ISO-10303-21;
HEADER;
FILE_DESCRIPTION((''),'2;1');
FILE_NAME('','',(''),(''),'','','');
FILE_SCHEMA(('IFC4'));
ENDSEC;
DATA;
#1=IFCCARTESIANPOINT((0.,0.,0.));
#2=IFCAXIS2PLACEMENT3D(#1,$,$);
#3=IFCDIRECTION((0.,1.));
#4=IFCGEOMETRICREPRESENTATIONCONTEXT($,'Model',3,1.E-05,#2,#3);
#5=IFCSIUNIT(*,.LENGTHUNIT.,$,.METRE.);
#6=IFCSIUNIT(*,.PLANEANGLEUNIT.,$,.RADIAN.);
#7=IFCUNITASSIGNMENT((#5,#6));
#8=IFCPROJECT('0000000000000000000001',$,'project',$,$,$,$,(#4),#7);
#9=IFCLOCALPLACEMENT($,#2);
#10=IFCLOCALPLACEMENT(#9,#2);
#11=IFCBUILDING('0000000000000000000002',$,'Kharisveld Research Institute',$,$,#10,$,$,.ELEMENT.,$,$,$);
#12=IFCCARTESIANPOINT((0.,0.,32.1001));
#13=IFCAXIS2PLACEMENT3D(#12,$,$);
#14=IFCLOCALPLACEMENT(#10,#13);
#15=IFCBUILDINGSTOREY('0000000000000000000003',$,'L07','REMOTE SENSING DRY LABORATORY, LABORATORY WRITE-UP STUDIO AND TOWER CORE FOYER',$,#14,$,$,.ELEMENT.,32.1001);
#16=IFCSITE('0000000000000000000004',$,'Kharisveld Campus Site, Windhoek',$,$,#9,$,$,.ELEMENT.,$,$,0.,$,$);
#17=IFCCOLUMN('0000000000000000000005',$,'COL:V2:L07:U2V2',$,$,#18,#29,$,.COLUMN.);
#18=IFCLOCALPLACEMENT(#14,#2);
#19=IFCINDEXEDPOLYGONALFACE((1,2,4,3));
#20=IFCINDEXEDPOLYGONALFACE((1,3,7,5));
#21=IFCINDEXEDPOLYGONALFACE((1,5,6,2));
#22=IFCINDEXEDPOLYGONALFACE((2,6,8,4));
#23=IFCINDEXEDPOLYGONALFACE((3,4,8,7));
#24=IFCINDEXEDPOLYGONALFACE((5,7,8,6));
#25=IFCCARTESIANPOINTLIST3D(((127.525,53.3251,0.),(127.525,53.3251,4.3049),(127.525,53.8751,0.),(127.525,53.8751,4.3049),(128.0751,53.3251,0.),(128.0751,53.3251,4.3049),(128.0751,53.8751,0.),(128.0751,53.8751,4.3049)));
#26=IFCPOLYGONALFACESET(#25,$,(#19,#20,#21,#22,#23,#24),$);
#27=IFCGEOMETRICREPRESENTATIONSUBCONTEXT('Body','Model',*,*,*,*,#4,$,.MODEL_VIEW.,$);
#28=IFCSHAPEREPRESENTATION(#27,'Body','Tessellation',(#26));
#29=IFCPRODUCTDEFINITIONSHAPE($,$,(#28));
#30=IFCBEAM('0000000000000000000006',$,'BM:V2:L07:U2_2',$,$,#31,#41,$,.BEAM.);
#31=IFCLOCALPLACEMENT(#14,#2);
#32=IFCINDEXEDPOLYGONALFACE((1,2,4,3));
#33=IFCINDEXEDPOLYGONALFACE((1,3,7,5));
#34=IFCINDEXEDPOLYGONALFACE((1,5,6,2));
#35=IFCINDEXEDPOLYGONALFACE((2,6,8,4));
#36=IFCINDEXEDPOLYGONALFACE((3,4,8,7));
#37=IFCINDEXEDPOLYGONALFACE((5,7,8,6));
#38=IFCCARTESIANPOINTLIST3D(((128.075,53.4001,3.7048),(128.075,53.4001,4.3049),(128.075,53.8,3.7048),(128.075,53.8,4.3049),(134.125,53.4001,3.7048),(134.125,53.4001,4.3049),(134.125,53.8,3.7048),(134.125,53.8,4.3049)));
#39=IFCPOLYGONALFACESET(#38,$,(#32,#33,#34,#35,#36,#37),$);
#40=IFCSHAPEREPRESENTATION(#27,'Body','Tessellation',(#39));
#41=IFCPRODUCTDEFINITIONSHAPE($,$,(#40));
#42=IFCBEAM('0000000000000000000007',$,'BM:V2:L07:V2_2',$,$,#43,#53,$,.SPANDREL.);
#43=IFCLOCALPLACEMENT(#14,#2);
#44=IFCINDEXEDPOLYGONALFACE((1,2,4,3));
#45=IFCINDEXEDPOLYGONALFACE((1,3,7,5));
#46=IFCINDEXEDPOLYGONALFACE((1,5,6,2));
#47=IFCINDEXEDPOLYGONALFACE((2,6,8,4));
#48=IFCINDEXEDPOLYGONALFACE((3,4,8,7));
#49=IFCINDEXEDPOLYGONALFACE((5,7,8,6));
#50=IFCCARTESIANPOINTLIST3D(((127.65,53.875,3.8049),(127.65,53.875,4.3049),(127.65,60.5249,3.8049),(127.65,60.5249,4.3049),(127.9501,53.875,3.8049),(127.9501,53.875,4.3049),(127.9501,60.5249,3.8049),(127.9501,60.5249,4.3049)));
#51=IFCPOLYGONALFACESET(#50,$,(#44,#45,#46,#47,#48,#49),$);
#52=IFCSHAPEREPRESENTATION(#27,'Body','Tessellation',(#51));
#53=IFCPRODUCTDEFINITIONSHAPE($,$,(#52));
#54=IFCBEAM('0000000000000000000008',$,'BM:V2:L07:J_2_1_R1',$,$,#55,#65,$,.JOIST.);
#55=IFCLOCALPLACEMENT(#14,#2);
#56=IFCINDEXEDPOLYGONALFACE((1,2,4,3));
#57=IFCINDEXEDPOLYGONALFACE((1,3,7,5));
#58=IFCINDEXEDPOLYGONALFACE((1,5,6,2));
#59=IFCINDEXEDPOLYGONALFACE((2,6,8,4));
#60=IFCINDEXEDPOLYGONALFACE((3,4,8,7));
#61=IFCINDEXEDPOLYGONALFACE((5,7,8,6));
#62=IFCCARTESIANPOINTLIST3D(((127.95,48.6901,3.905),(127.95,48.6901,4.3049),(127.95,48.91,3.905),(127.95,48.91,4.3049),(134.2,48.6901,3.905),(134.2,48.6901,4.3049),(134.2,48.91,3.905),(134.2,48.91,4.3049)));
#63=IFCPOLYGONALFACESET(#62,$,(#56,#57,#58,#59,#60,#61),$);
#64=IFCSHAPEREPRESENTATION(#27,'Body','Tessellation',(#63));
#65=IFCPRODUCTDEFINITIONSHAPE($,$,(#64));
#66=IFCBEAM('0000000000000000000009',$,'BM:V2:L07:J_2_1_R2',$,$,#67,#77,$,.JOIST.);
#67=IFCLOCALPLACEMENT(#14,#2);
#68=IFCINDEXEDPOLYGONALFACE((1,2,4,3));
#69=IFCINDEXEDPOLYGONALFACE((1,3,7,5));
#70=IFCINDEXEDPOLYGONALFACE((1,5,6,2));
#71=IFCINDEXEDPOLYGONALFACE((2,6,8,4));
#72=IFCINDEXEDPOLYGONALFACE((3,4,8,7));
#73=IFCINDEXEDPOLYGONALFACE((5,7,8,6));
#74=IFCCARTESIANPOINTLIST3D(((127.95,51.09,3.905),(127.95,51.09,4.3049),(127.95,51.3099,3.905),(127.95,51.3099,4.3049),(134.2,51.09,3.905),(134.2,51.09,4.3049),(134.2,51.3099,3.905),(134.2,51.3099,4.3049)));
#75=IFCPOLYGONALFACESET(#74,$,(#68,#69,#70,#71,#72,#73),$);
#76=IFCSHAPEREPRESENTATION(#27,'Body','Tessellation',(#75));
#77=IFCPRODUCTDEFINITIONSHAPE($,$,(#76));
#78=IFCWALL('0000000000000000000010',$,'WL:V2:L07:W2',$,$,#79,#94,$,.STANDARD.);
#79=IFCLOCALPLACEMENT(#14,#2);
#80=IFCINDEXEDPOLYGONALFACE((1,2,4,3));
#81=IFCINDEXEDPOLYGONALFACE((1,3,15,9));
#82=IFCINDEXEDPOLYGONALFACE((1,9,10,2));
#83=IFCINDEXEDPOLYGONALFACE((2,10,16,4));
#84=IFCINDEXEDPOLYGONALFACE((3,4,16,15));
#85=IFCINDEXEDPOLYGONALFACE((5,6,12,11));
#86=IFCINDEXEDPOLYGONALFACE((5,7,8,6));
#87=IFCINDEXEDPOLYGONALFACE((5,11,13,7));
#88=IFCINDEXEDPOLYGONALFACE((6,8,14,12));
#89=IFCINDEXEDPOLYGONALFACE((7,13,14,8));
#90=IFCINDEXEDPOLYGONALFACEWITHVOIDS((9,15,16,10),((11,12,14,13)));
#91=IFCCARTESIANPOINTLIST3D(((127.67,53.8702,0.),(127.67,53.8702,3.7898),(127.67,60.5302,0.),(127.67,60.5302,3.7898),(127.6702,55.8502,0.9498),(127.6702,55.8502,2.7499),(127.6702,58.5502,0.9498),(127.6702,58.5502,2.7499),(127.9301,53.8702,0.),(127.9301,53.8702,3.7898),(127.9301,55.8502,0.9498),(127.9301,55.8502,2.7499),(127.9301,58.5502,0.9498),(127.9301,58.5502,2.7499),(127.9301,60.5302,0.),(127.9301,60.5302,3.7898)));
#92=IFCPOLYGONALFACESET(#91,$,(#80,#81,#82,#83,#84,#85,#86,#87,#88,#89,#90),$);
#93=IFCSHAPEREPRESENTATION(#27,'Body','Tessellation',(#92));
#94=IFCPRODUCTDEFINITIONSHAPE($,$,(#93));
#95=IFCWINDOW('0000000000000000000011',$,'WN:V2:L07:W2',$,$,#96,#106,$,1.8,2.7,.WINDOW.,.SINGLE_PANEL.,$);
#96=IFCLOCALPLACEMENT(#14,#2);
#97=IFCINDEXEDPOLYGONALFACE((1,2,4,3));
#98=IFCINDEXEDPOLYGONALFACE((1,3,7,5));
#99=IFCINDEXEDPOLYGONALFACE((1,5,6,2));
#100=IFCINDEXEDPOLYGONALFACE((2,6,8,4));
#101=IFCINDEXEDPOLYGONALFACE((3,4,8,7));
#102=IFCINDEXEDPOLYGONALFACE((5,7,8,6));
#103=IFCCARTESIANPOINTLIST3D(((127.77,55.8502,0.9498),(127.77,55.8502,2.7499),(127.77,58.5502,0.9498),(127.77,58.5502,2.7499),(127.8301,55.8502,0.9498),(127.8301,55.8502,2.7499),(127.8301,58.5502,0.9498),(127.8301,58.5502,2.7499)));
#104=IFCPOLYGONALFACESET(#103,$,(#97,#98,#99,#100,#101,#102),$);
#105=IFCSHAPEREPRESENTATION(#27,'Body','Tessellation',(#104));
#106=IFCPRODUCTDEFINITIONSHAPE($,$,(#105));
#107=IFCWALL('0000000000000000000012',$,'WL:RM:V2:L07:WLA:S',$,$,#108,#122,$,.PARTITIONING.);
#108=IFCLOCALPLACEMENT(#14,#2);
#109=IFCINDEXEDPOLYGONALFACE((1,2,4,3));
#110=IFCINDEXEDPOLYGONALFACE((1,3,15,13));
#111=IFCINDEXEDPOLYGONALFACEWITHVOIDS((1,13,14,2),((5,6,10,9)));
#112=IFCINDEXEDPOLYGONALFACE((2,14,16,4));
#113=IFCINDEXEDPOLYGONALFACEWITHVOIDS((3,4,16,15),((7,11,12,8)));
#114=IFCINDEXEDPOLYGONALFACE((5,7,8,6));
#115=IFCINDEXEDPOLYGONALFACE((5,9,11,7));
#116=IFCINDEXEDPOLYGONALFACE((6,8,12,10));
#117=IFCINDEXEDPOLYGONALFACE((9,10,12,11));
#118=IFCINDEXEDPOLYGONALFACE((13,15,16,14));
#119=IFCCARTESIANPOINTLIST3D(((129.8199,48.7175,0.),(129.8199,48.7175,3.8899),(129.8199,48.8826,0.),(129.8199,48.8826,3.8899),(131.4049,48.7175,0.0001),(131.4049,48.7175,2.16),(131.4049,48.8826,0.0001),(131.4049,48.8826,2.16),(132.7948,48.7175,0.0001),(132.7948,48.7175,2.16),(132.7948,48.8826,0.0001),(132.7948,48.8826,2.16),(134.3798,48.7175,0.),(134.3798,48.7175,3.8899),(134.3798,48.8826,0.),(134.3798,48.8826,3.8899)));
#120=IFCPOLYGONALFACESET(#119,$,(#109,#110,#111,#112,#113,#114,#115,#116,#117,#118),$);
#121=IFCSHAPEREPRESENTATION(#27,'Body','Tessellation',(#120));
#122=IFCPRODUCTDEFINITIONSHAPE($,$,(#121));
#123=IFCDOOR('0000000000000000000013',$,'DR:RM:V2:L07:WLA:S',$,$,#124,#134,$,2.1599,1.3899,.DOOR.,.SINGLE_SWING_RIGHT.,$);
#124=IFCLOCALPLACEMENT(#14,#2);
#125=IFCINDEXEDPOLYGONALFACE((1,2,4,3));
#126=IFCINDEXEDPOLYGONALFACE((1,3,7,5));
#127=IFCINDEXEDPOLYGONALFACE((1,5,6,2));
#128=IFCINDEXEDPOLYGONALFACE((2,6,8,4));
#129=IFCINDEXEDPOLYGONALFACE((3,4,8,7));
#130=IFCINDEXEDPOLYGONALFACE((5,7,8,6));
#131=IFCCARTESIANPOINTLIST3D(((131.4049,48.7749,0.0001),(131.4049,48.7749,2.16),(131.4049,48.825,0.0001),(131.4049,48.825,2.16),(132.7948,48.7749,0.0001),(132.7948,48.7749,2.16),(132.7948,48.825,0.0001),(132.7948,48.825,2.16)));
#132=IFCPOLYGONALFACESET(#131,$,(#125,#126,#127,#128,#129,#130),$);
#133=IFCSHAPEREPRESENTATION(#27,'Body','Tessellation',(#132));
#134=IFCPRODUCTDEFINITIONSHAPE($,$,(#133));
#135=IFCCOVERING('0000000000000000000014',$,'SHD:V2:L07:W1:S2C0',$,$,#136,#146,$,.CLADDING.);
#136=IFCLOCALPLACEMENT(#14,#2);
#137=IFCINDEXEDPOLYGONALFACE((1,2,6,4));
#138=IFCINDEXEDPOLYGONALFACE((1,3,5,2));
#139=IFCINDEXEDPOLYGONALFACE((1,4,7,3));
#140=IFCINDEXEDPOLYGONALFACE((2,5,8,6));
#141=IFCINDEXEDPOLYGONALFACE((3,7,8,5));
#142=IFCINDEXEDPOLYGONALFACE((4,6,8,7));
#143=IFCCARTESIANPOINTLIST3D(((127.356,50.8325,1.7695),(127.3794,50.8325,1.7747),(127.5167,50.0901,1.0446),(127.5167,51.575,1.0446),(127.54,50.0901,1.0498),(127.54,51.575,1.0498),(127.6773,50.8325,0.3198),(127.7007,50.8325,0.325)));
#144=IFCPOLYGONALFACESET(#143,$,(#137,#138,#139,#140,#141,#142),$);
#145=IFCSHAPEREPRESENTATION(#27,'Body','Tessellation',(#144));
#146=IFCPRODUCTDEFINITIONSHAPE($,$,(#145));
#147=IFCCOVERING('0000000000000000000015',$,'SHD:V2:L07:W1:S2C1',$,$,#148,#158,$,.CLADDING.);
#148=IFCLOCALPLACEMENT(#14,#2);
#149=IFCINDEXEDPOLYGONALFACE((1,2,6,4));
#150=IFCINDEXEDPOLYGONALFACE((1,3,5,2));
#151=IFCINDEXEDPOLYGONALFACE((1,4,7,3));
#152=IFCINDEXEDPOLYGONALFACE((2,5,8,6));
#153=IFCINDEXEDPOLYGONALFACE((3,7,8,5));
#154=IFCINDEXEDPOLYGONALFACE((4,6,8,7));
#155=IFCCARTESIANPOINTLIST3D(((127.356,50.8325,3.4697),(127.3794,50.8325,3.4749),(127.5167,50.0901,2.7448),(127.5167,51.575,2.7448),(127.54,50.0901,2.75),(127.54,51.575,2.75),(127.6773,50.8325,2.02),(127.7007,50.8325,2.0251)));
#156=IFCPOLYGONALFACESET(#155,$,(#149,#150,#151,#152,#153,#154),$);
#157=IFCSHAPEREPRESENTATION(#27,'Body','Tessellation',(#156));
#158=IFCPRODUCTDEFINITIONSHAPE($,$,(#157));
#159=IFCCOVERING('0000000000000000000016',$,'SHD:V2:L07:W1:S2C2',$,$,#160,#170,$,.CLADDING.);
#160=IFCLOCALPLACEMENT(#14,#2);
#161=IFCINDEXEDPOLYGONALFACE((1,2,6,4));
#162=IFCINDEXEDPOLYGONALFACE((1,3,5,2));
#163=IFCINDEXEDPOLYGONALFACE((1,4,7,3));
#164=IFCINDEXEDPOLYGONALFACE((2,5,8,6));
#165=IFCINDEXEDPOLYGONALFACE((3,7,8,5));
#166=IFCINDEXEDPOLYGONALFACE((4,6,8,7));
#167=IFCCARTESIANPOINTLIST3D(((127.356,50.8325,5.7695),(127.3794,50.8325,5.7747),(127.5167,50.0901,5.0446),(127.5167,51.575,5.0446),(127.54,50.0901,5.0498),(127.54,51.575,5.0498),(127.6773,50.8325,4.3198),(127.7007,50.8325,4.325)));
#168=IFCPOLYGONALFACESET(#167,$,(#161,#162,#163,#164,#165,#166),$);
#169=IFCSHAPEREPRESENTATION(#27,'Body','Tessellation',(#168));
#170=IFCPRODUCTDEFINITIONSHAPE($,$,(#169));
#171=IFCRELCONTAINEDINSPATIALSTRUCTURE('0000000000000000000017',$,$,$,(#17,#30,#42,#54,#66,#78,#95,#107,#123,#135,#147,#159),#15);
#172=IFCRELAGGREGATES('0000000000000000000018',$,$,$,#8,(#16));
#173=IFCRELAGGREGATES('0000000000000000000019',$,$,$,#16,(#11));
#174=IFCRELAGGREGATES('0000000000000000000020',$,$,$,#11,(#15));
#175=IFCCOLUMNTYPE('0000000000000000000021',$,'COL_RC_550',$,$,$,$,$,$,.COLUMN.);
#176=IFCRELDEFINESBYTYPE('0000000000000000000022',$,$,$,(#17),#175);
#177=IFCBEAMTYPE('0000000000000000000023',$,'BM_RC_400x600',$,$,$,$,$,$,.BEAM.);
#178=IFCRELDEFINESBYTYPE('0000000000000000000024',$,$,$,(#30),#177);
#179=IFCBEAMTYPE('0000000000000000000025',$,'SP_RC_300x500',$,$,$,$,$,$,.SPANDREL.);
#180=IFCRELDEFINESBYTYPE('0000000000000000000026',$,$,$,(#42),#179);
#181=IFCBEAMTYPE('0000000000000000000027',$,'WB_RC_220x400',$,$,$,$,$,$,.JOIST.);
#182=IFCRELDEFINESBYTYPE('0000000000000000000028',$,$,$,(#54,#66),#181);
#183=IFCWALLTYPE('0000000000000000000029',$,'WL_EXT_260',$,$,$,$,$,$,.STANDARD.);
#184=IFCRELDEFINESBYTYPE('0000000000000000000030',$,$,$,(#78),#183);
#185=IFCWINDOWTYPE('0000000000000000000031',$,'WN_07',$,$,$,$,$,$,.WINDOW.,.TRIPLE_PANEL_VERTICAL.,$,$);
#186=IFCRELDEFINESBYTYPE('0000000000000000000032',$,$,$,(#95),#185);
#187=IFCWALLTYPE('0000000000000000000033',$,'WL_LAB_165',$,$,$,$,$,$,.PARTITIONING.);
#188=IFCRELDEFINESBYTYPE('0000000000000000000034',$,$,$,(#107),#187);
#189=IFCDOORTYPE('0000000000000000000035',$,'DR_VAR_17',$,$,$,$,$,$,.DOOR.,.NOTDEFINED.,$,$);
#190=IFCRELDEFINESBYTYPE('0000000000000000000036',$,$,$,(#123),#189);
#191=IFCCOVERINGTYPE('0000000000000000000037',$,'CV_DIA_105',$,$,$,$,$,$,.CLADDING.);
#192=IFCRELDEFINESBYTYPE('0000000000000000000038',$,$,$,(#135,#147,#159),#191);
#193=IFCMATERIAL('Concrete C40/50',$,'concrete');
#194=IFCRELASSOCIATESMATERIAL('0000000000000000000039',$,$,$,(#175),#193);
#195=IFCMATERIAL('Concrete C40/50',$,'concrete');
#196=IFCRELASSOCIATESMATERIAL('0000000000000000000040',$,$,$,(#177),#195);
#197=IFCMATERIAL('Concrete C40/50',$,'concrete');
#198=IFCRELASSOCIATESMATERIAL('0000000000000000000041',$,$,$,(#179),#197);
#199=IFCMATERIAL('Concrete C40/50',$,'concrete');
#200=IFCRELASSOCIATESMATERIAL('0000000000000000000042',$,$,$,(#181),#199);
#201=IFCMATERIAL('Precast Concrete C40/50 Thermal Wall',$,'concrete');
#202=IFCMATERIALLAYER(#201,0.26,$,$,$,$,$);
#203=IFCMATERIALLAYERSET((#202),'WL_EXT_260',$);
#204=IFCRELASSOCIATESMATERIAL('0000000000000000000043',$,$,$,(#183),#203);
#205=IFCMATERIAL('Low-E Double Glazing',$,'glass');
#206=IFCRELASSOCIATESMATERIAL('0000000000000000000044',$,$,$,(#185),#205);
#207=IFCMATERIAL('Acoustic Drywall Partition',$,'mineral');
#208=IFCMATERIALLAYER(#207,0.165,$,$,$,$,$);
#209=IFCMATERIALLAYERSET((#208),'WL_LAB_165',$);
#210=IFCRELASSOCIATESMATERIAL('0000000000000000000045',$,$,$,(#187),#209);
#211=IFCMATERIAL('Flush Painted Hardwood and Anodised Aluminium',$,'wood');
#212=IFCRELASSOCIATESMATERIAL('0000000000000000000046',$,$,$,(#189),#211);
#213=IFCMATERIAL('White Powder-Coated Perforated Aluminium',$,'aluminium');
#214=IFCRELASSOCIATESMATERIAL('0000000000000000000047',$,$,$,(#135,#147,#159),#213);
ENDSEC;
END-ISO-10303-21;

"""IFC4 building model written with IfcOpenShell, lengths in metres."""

from ifc_helpers import new_model, si_unit, direction, frame, frame_2d, origin, origin_2d, place, context, subcontext, project, spatial, polyline, rectangle, outline, extrude, material, layer, layer_set, material_profile, profile_set, type_object, element, fill, save


model = new_model("IFC4")

# Units and contexts
model_context = context("Model", 3, precision=1e-05, world=origin(), true_north=direction((0.0, 1.0)))
body_context = subcontext(model_context, "Body", "Model", "MODEL_VIEW")
ifc_project = project(units=[si_unit("LENGTHUNIT", "METRE"), si_unit("PLANEANGLEUNIT", "RADIAN")], contexts=[model_context])

# Site, building, storey
site_placement = place(None, origin())
site = spatial("IfcSite", under=ifc_project, at=site_placement, Name="Kharisveld Campus Site, Windhoek", CompositionType="ELEMENT", RefElevation=0.0)
building_placement = place(site_placement, origin())
building = spatial("IfcBuilding", under=site, at=building_placement, Name="Kharisveld Research Institute", CompositionType="ELEMENT")
storey_placement = place(building_placement, frame((0.0, 0.0, 32.1001)))
storey = spatial("IfcBuildingStorey", under=building, at=storey_placement, Name="L07", Description="REMOTE SENSING DRY LABORATORY, LABORATORY WRITE-UP STUDIO AND TOWER CORE FOYER", CompositionType="ELEMENT", Elevation=32.1001)

# Column
ifc_material_1 = material(Name="Concrete C40/50", Category="concrete")
ifc_material_profile_1 = material_profile(ifc_material_1, rectangle(XDim=0.55, YDim=0.55, at=origin_2d()))
ifc_profile_set_1 = profile_set([ifc_material_profile_1], Name="Concrete C40/50")
column_type = type_object("IfcColumnType", Name="COL_RC_550", PredefinedType="COLUMN", material=ifc_profile_set_1)
column_placement = place(storey_placement, frame((127.8, 53.6001, 0.0), z_axis=(0.0, 0.0, 1.0), x_axis=(1.0, 0.0, 0.0)))
element("IfcColumn", 1, at=column_placement, inside=storey, type_object=column_type, Name="COL:V2:L07:U2V2", PredefinedType="COLUMN", context=body_context, shape_type="SweptSolid", body=[
    extrude(rectangle(XDim=0.55, YDim=0.55, at=origin_2d()), origin(), (0.0, 0.0, 1.0), 4.3049),
])

# Beams
ifc_material_2 = material(Name="Concrete C40/50", Category="concrete")
ifc_material_profile_2 = material_profile(ifc_material_2, rectangle(XDim=0.3999, YDim=0.6001, at=origin_2d()))
ifc_profile_set_2 = profile_set([ifc_material_profile_2], Name="Concrete C40/50")
beam_type_1 = type_object("IfcBeamType", Name="BM_RC_400x600", PredefinedType="BEAM", material=ifc_profile_set_2)
beam_1_placement = place(storey_placement, frame((128.075, 53.6001, 4.0049), z_axis=(1.0, 0.0, 0.0), x_axis=(0.0, 1.0, 0.0)))
element("IfcBeam", 2, at=beam_1_placement, inside=storey, type_object=beam_type_1, Name="BM:V2:L07:U2_2", PredefinedType="BEAM", context=body_context, shape_type="SweptSolid", body=[
    extrude(rectangle(XDim=0.3999, YDim=0.6001, at=origin_2d()), origin(), (0.0, 0.0, 1.0), 6.05),
])
ifc_material_3 = material(Name="Concrete C40/50", Category="concrete")
ifc_material_profile_3 = material_profile(ifc_material_3, rectangle(XDim=0.3, YDim=0.5, at=origin_2d()))
ifc_profile_set_3 = profile_set([ifc_material_profile_3], Name="Concrete C40/50")
beam_type_2 = type_object("IfcBeamType", Name="SP_RC_300x500", PredefinedType="SPANDREL", material=ifc_profile_set_3)
beam_2_placement = place(storey_placement, frame((127.8, 53.875, 4.0549), z_axis=(0.0, 1.0, 0.0), x_axis=(-1.0, 0.0, 0.0)))
element("IfcBeam", 3, at=beam_2_placement, inside=storey, type_object=beam_type_2, Name="BM:V2:L07:V2_2", PredefinedType="SPANDREL", context=body_context, shape_type="SweptSolid", body=[
    extrude(rectangle(XDim=0.3, YDim=0.5, at=origin_2d()), origin(), (0.0, 0.0, 1.0), 6.6499),
])
ifc_material_4 = material(Name="Concrete C40/50", Category="concrete")
ifc_material_profile_4 = material_profile(ifc_material_4, rectangle(XDim=0.22, YDim=0.3999, at=origin_2d()))
ifc_profile_set_4 = profile_set([ifc_material_profile_4], Name="Concrete C40/50")
beam_type_3 = type_object("IfcBeamType", Name="WB_RC_220x400", PredefinedType="JOIST", material=ifc_profile_set_4)
for number, where, z_axis, x_axis, name in (
    (4, (127.95, 48.8, 4.105), (1.0, 0.0, 0.0), (0.0, 1.0, 0.0), "BM:V2:L07:J_2_1_R1"),
    (5, (127.95, 51.2, 4.105), (1.0, 0.0, 0.0), (0.0, 1.0, 0.0), "BM:V2:L07:J_2_1_R2"),
):
    element("IfcBeam", number, at=place(storey_placement, frame(where, z_axis=z_axis, x_axis=x_axis)), inside=storey, type_object=beam_type_3, Name=name, PredefinedType="JOIST", context=body_context, shape_type="SweptSolid", body=[
        extrude(rectangle(XDim=0.22, YDim=0.3999, at=origin_2d()), origin(), (0.0, 0.0, 1.0), 6.25),
    ])

# Wall, opening, window
ifc_material_5 = material(Name="Precast Concrete C40/50 Thermal Wall", Category="concrete")
ifc_layer_1 = layer(ifc_material_5, 0.26)
ifc_layer_set_1 = layer_set([ifc_layer_1], Name="WL_EXT_260")
wall_type_1 = type_object("IfcWallType", Name="WL_EXT_260", PredefinedType="STANDARD", material=ifc_layer_set_1)
wall_1_placement = place(storey_placement, frame((127.8, 53.8701, 0.0), z_axis=(0.0, 0.0, 1.0), x_axis=(0.0, 1.0, 0.0)))
wall_1 = element("IfcWall", 6, at=wall_1_placement, inside=storey, type_object=wall_type_1, Name="WL:V2:L07:W2", PredefinedType="STANDARD", context=body_context, shape_type="SweptSolid", body=[
    extrude(rectangle(XDim=6.6599, YDim=0.26, at=frame_2d((3.3301, 0.0))), origin(), (0.0, 0.0, 1.0), 3.7898),
])
opening_1_placement = place(wall_1_placement, frame((1.98, 0.0, 0.95)))
opening_1 = element("IfcOpeningElement", 7, at=opening_1_placement, cuts=wall_1, PredefinedType="OPENING", context=body_context, shape_type="SweptSolid", body=[
    extrude(rectangle(XDim=2.7, YDim=1.8, at=frame_2d((1.3501, 0.8999))), frame((0.0, 0.1299, 0.0), z_axis=(0.0, -1.0, 0.0), x_axis=(1.0, 0.0, 0.0)), (0.0, 0.0, 1.0), 0.26),
])
ifc_material_6 = material(Name="Low-E Double Glazing", Category="glass")
window_type = type_object("IfcWindowType", Name="WN_07", PartitioningType="TRIPLE_PANEL_VERTICAL", PredefinedType="WINDOW", material=ifc_material_6)
window_placement = place(opening_1_placement, origin())
window = element("IfcWindow", 8, at=window_placement, inside=storey, type_object=window_type, Name="WN:V2:L07:W2", OverallHeight=1.8, OverallWidth=2.7, PartitioningType="SINGLE_PANEL", PredefinedType="WINDOW", context=body_context, shape_type="SweptSolid", body=[
    extrude(rectangle(XDim=2.7, YDim=1.8, at=frame_2d((1.3501, 0.8999))), frame((0.0, 0.03, 0.0), z_axis=(0.0, -1.0, 0.0), x_axis=(1.0, 0.0, 0.0)), (0.0, 0.0, 1.0), 0.0601),
])
fill(opening_1, window)

# Wall, opening, door
ifc_material_7 = material(Name="Acoustic Drywall Partition", Category="mineral")
ifc_layer_2 = layer(ifc_material_7, 0.165)
ifc_layer_set_2 = layer_set([ifc_layer_2], Name="WL_LAB_165")
wall_type_2 = type_object("IfcWallType", Name="WL_LAB_165", PredefinedType="PARTITIONING", material=ifc_layer_set_2)
wall_2_placement = place(storey_placement, frame((129.8201, 48.8, 0.0), z_axis=(0.0, 0.0, 1.0), x_axis=(1.0, 0.0, 0.0)))
wall_2 = element("IfcWall", 9, at=wall_2_placement, inside=storey, type_object=wall_type_2, Name="WL:RM:V2:L07:WLA:S", PredefinedType="PARTITIONING", context=body_context, shape_type="SweptSolid", body=[
    extrude(rectangle(XDim=4.5598, YDim=0.165, at=frame_2d((2.2798, 0.0))), origin(), (0.0, 0.0, 1.0), 3.8899),
])
opening_2_placement = place(wall_2_placement, frame((1.585, 0.0, 0.0)))
opening_2 = element("IfcOpeningElement", 10, at=opening_2_placement, cuts=wall_2, PredefinedType="OPENING", context=body_context, shape_type="SweptSolid", body=[
    extrude(rectangle(XDim=1.3899, YDim=2.1599, at=frame_2d((0.6948, 1.0801))), frame((0.0, 0.0825, 0.0), z_axis=(0.0, -1.0, 0.0), x_axis=(1.0, 0.0, 0.0)), (0.0, 0.0, 1.0), 0.165),
])
ifc_material_8 = material(Name="Flush Painted Hardwood and Anodised Aluminium", Category="wood")
door_type = type_object("IfcDoorType", Name="DR_VAR_17", OperationType="NOTDEFINED", PredefinedType="DOOR", material=ifc_material_8)
door_placement = place(opening_2_placement, origin())
door = element("IfcDoor", 11, at=door_placement, inside=storey, type_object=door_type, Name="DR:RM:V2:L07:WLA:S", OperationType="SINGLE_SWING_RIGHT", OverallHeight=2.1599, OverallWidth=1.3899, PredefinedType="DOOR", context=body_context, shape_type="SweptSolid", body=[
    extrude(rectangle(XDim=1.3899, YDim=2.1599, at=frame_2d((0.6948, 1.0801))), frame((0.0, 0.0249, 0.0), z_axis=(0.0, -1.0, 0.0), x_axis=(1.0, 0.0, 0.0)), (0.0, 0.0, 1.0), 0.05),
])
fill(opening_2, door)

# Coverings
ifc_material_9 = material(Name="White Powder-Coated Perforated Aluminium", Category="aluminium")
covering_type = type_object("IfcCoveringType", Name="CV_DIA_105", PredefinedType="CLADDING")
for number, where, z_axis, x_axis, name in (
    (12, (127.7007, 50.8325, 0.325), (0.976311, 0.0, 0.216373), (-0.153, 0.707102, 0.69036), "SHD:V2:L07:W1:S2C0"),
    (13, (127.7007, 50.8325, 2.0251), (0.976311, 0.0, 0.216373), (-0.153, 0.707102, 0.69036), "SHD:V2:L07:W1:S2C1"),
    (14, (127.7007, 50.8325, 4.325), (0.976311, 0.0, 0.216373), (-0.153, 0.707102, 0.69036), "SHD:V2:L07:W1:S2C2"),
):
    element("IfcCovering", number, at=place(storey_placement, frame(where, z_axis=z_axis, x_axis=x_axis)), inside=storey, type_object=covering_type, material=ifc_material_9, Name=name, PredefinedType="CLADDING", context=body_context, shape_type="SweptSolid", body=[
        extrude(outline(polyline([(0.0, 0.0), (1.05, 0.0), (1.05, 1.05), (0.0, 1.05), (0.0, 0.0)])), origin(), (0.0, 0.0, -1.0), 0.0239),
    ])

save(model, "model.ifc")
